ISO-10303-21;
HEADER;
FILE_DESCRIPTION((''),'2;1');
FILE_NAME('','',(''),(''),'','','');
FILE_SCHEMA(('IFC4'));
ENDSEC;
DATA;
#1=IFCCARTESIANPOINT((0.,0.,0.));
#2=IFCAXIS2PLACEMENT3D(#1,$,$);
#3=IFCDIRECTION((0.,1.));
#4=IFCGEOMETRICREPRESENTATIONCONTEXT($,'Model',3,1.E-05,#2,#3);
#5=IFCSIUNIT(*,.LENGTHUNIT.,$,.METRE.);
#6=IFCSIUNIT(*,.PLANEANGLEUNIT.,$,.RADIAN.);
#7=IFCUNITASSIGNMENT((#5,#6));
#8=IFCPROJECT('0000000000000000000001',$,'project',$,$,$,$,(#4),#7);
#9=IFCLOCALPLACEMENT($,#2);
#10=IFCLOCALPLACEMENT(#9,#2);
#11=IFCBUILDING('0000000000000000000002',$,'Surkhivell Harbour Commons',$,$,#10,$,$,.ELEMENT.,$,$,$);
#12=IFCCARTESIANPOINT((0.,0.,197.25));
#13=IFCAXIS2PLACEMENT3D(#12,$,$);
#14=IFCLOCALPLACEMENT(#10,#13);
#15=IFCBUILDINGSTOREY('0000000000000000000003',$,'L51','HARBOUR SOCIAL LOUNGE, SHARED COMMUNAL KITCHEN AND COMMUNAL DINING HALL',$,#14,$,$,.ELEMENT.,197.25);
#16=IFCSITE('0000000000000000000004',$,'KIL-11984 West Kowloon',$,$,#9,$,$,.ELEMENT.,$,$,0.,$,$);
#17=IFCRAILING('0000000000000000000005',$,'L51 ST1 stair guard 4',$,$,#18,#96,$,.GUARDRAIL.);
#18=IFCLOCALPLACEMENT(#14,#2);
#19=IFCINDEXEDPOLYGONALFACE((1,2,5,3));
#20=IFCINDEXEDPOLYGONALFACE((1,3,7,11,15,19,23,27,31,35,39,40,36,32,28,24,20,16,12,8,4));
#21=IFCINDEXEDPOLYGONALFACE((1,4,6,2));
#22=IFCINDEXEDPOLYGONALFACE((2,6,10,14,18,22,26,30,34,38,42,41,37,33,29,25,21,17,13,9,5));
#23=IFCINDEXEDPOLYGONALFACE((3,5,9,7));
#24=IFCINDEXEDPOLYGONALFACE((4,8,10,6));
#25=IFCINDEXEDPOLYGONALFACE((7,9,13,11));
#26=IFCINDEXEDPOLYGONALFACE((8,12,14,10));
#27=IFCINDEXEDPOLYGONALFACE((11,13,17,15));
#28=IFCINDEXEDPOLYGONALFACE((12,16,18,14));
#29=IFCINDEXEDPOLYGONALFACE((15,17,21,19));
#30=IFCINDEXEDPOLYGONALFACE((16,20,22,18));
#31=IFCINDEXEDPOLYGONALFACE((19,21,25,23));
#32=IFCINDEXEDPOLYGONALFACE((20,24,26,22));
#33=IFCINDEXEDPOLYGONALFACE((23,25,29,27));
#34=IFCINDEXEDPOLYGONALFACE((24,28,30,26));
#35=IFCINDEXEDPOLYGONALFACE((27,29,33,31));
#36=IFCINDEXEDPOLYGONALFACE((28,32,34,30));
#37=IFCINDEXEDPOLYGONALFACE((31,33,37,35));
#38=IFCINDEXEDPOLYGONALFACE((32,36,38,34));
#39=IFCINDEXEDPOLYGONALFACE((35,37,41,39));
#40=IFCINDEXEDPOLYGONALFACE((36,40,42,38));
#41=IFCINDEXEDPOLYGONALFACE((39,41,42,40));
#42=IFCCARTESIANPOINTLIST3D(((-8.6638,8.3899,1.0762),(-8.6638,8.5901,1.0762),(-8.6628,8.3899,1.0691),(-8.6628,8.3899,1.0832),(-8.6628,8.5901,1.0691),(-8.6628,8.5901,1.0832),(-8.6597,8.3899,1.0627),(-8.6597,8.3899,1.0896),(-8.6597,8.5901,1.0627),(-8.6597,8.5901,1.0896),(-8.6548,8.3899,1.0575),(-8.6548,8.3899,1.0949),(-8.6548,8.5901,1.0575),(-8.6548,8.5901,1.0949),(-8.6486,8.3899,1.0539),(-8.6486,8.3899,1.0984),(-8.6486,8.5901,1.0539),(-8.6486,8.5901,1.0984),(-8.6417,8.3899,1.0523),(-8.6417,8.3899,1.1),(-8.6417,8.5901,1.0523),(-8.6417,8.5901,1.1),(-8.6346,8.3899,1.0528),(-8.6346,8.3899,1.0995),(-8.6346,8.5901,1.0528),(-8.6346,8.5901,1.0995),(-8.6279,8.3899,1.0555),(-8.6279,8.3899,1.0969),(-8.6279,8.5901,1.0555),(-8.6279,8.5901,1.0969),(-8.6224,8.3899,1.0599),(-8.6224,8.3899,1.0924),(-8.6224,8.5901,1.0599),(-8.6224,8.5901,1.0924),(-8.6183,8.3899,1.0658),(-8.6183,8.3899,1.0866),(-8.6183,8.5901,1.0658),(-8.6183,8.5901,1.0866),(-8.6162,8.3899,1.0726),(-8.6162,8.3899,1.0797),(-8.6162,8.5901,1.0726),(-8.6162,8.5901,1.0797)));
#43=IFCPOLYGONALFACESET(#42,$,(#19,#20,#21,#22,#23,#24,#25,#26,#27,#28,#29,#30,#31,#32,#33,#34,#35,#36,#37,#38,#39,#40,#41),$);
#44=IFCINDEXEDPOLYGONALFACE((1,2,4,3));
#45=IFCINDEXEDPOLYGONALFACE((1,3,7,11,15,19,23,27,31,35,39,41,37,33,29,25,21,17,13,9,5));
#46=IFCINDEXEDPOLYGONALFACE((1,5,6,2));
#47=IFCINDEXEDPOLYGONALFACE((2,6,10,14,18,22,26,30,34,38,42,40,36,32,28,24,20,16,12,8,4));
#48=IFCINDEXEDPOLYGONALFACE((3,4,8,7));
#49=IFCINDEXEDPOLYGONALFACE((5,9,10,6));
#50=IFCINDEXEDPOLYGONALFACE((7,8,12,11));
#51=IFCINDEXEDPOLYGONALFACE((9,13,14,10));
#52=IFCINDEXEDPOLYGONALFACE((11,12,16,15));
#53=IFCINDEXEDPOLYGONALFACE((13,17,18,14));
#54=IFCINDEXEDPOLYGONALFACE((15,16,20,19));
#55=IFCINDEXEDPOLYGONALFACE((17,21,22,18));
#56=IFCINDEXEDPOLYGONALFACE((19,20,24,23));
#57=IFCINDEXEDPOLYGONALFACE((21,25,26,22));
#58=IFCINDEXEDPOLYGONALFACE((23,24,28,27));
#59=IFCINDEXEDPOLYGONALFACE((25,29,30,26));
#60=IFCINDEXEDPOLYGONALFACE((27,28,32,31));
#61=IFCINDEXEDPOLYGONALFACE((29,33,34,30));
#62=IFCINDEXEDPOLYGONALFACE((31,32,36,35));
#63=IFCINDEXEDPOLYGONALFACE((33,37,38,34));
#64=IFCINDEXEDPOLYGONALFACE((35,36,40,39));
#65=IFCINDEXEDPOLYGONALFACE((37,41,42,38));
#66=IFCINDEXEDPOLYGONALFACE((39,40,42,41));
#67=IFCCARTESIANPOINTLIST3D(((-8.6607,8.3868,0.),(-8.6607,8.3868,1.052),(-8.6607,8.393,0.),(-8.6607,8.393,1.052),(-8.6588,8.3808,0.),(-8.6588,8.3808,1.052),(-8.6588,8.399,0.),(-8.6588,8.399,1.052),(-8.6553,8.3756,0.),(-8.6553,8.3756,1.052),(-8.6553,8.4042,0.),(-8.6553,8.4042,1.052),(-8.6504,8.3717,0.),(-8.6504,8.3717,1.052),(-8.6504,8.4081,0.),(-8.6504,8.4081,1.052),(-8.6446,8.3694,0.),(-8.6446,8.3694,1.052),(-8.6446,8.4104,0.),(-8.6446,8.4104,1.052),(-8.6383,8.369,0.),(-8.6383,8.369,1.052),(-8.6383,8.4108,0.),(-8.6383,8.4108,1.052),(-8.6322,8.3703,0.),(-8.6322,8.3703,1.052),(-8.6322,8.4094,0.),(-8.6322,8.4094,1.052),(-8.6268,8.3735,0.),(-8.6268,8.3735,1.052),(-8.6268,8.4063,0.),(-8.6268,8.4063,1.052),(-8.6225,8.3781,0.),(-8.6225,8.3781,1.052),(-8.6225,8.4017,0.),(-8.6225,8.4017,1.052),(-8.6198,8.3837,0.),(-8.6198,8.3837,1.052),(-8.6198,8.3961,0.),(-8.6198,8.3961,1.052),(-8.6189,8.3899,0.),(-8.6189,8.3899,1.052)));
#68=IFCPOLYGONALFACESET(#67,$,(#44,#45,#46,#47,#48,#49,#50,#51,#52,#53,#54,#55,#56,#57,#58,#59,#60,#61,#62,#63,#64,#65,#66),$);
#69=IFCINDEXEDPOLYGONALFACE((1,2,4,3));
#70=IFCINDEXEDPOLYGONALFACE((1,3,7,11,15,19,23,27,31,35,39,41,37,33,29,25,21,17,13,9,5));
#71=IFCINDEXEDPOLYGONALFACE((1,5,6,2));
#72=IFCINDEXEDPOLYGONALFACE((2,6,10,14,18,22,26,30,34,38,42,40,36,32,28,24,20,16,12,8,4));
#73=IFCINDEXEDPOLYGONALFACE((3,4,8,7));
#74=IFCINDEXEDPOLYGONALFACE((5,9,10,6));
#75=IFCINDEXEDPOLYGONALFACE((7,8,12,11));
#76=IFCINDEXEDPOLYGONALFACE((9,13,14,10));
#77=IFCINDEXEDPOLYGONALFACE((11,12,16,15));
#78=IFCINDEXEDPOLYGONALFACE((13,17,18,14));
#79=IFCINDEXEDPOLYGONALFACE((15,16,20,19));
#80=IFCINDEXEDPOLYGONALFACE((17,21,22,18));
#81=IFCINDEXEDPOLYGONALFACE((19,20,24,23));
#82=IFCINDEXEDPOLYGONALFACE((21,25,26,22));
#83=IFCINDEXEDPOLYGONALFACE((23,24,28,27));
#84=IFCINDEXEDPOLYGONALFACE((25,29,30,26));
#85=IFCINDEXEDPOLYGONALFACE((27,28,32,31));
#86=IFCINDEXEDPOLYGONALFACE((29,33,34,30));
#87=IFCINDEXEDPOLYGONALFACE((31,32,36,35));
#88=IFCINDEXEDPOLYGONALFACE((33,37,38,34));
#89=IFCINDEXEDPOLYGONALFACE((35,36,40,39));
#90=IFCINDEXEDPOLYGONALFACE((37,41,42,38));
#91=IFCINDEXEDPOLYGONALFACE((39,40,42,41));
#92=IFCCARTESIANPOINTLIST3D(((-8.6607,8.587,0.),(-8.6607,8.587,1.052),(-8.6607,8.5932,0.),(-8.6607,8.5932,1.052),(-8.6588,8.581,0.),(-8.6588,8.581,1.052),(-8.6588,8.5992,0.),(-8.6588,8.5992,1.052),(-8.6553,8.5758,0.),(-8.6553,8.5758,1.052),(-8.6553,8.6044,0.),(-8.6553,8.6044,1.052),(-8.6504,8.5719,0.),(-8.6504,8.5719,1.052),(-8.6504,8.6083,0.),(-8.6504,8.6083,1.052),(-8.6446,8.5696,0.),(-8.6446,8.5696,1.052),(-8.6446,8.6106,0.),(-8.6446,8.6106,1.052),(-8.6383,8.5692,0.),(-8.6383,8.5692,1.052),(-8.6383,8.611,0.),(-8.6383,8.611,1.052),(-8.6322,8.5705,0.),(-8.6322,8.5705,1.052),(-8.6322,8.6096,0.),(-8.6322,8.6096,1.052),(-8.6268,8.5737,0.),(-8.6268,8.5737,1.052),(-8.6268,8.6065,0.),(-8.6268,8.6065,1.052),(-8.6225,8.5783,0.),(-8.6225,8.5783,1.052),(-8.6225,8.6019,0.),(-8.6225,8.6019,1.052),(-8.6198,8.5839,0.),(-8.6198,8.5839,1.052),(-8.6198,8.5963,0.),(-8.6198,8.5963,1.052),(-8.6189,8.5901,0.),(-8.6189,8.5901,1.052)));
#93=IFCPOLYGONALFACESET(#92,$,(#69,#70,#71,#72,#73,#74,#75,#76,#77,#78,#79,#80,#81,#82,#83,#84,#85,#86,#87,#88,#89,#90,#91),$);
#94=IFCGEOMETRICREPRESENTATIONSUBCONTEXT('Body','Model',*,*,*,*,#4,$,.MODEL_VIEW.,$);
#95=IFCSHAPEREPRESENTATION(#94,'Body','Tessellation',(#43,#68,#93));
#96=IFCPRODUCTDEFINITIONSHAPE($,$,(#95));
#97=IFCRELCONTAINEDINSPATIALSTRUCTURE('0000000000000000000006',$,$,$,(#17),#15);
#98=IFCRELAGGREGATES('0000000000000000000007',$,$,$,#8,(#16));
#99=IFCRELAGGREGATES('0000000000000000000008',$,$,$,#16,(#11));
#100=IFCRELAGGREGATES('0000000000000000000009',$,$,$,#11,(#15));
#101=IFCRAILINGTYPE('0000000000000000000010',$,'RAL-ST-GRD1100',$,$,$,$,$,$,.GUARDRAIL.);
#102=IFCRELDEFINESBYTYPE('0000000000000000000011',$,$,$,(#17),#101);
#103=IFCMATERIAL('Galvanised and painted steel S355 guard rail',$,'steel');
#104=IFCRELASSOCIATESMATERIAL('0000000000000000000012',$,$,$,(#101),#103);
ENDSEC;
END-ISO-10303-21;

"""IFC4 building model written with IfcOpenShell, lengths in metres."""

from ifc_helpers import new_model, si_unit, direction, frame, origin, origin_2d, place, context, subcontext, project, spatial, circle, extrude, material, type_object, element, save


model = new_model("IFC4")

# Units and contexts
model_context = context("Model", 3, precision=1e-05, world=origin(), true_north=direction((0.0, 1.0)))
body_context = subcontext(model_context, "Body", "Model", "MODEL_VIEW")
ifc_project = project(units=[si_unit("LENGTHUNIT", "METRE"), si_unit("PLANEANGLEUNIT", "RADIAN")], contexts=[model_context])

# Site, building, storey
site_placement = place(None, origin())
site = spatial("IfcSite", under=ifc_project, at=site_placement, Name="KIL-11984 West Kowloon", CompositionType="ELEMENT", RefElevation=0.0)
building_placement = place(site_placement, origin())
building = spatial("IfcBuilding", under=site, at=building_placement, Name="Surkhivell Harbour Commons", CompositionType="ELEMENT")
storey_placement = place(building_placement, frame((0.0, 0.0, 197.25)))
storey = spatial("IfcBuildingStorey", under=building, at=storey_placement, Name="L51", Description="HARBOUR SOCIAL LOUNGE, SHARED COMMUNAL KITCHEN AND COMMUNAL DINING HALL", CompositionType="ELEMENT", Elevation=197.25)

# Railing
ifc_material_1 = material(Name="Galvanised and painted steel S355 guard rail", Category="steel")
railing_type_1 = type_object("IfcRailingType", Name="RAL-ST-GRD1100", PredefinedType="GUARDRAIL", material=ifc_material_1)
railing_1_placement = place(storey_placement, frame((-8.6399, 8.3899, 0.0)))
element("IfcRailing", 1, at=railing_1_placement, inside=storey, type_object=railing_type_1, Name="L51 ST1 stair guard 4", PredefinedType="GUARDRAIL", context=body_context, shape_type="SweptSolid", body=[
    extrude(circle(Radius=0.0239, at=origin_2d()), frame((0.0, 0.0, 1.0762), z_axis=(0.0, 1.0, 0.0), x_axis=(-1.0, 0.0, 0.0)), (0.0, 0.0, 1.0), 0.2002),
    extrude(circle(Radius=0.021, at=origin_2d()), origin(), (0.0, 0.0, 1.0), 1.052),
    extrude(circle(Radius=0.021, at=origin_2d()), frame((0.0, 0.2002, 0.0)), (0.0, 0.0, 1.0), 1.052),
])

save(model, "model.ifc")
